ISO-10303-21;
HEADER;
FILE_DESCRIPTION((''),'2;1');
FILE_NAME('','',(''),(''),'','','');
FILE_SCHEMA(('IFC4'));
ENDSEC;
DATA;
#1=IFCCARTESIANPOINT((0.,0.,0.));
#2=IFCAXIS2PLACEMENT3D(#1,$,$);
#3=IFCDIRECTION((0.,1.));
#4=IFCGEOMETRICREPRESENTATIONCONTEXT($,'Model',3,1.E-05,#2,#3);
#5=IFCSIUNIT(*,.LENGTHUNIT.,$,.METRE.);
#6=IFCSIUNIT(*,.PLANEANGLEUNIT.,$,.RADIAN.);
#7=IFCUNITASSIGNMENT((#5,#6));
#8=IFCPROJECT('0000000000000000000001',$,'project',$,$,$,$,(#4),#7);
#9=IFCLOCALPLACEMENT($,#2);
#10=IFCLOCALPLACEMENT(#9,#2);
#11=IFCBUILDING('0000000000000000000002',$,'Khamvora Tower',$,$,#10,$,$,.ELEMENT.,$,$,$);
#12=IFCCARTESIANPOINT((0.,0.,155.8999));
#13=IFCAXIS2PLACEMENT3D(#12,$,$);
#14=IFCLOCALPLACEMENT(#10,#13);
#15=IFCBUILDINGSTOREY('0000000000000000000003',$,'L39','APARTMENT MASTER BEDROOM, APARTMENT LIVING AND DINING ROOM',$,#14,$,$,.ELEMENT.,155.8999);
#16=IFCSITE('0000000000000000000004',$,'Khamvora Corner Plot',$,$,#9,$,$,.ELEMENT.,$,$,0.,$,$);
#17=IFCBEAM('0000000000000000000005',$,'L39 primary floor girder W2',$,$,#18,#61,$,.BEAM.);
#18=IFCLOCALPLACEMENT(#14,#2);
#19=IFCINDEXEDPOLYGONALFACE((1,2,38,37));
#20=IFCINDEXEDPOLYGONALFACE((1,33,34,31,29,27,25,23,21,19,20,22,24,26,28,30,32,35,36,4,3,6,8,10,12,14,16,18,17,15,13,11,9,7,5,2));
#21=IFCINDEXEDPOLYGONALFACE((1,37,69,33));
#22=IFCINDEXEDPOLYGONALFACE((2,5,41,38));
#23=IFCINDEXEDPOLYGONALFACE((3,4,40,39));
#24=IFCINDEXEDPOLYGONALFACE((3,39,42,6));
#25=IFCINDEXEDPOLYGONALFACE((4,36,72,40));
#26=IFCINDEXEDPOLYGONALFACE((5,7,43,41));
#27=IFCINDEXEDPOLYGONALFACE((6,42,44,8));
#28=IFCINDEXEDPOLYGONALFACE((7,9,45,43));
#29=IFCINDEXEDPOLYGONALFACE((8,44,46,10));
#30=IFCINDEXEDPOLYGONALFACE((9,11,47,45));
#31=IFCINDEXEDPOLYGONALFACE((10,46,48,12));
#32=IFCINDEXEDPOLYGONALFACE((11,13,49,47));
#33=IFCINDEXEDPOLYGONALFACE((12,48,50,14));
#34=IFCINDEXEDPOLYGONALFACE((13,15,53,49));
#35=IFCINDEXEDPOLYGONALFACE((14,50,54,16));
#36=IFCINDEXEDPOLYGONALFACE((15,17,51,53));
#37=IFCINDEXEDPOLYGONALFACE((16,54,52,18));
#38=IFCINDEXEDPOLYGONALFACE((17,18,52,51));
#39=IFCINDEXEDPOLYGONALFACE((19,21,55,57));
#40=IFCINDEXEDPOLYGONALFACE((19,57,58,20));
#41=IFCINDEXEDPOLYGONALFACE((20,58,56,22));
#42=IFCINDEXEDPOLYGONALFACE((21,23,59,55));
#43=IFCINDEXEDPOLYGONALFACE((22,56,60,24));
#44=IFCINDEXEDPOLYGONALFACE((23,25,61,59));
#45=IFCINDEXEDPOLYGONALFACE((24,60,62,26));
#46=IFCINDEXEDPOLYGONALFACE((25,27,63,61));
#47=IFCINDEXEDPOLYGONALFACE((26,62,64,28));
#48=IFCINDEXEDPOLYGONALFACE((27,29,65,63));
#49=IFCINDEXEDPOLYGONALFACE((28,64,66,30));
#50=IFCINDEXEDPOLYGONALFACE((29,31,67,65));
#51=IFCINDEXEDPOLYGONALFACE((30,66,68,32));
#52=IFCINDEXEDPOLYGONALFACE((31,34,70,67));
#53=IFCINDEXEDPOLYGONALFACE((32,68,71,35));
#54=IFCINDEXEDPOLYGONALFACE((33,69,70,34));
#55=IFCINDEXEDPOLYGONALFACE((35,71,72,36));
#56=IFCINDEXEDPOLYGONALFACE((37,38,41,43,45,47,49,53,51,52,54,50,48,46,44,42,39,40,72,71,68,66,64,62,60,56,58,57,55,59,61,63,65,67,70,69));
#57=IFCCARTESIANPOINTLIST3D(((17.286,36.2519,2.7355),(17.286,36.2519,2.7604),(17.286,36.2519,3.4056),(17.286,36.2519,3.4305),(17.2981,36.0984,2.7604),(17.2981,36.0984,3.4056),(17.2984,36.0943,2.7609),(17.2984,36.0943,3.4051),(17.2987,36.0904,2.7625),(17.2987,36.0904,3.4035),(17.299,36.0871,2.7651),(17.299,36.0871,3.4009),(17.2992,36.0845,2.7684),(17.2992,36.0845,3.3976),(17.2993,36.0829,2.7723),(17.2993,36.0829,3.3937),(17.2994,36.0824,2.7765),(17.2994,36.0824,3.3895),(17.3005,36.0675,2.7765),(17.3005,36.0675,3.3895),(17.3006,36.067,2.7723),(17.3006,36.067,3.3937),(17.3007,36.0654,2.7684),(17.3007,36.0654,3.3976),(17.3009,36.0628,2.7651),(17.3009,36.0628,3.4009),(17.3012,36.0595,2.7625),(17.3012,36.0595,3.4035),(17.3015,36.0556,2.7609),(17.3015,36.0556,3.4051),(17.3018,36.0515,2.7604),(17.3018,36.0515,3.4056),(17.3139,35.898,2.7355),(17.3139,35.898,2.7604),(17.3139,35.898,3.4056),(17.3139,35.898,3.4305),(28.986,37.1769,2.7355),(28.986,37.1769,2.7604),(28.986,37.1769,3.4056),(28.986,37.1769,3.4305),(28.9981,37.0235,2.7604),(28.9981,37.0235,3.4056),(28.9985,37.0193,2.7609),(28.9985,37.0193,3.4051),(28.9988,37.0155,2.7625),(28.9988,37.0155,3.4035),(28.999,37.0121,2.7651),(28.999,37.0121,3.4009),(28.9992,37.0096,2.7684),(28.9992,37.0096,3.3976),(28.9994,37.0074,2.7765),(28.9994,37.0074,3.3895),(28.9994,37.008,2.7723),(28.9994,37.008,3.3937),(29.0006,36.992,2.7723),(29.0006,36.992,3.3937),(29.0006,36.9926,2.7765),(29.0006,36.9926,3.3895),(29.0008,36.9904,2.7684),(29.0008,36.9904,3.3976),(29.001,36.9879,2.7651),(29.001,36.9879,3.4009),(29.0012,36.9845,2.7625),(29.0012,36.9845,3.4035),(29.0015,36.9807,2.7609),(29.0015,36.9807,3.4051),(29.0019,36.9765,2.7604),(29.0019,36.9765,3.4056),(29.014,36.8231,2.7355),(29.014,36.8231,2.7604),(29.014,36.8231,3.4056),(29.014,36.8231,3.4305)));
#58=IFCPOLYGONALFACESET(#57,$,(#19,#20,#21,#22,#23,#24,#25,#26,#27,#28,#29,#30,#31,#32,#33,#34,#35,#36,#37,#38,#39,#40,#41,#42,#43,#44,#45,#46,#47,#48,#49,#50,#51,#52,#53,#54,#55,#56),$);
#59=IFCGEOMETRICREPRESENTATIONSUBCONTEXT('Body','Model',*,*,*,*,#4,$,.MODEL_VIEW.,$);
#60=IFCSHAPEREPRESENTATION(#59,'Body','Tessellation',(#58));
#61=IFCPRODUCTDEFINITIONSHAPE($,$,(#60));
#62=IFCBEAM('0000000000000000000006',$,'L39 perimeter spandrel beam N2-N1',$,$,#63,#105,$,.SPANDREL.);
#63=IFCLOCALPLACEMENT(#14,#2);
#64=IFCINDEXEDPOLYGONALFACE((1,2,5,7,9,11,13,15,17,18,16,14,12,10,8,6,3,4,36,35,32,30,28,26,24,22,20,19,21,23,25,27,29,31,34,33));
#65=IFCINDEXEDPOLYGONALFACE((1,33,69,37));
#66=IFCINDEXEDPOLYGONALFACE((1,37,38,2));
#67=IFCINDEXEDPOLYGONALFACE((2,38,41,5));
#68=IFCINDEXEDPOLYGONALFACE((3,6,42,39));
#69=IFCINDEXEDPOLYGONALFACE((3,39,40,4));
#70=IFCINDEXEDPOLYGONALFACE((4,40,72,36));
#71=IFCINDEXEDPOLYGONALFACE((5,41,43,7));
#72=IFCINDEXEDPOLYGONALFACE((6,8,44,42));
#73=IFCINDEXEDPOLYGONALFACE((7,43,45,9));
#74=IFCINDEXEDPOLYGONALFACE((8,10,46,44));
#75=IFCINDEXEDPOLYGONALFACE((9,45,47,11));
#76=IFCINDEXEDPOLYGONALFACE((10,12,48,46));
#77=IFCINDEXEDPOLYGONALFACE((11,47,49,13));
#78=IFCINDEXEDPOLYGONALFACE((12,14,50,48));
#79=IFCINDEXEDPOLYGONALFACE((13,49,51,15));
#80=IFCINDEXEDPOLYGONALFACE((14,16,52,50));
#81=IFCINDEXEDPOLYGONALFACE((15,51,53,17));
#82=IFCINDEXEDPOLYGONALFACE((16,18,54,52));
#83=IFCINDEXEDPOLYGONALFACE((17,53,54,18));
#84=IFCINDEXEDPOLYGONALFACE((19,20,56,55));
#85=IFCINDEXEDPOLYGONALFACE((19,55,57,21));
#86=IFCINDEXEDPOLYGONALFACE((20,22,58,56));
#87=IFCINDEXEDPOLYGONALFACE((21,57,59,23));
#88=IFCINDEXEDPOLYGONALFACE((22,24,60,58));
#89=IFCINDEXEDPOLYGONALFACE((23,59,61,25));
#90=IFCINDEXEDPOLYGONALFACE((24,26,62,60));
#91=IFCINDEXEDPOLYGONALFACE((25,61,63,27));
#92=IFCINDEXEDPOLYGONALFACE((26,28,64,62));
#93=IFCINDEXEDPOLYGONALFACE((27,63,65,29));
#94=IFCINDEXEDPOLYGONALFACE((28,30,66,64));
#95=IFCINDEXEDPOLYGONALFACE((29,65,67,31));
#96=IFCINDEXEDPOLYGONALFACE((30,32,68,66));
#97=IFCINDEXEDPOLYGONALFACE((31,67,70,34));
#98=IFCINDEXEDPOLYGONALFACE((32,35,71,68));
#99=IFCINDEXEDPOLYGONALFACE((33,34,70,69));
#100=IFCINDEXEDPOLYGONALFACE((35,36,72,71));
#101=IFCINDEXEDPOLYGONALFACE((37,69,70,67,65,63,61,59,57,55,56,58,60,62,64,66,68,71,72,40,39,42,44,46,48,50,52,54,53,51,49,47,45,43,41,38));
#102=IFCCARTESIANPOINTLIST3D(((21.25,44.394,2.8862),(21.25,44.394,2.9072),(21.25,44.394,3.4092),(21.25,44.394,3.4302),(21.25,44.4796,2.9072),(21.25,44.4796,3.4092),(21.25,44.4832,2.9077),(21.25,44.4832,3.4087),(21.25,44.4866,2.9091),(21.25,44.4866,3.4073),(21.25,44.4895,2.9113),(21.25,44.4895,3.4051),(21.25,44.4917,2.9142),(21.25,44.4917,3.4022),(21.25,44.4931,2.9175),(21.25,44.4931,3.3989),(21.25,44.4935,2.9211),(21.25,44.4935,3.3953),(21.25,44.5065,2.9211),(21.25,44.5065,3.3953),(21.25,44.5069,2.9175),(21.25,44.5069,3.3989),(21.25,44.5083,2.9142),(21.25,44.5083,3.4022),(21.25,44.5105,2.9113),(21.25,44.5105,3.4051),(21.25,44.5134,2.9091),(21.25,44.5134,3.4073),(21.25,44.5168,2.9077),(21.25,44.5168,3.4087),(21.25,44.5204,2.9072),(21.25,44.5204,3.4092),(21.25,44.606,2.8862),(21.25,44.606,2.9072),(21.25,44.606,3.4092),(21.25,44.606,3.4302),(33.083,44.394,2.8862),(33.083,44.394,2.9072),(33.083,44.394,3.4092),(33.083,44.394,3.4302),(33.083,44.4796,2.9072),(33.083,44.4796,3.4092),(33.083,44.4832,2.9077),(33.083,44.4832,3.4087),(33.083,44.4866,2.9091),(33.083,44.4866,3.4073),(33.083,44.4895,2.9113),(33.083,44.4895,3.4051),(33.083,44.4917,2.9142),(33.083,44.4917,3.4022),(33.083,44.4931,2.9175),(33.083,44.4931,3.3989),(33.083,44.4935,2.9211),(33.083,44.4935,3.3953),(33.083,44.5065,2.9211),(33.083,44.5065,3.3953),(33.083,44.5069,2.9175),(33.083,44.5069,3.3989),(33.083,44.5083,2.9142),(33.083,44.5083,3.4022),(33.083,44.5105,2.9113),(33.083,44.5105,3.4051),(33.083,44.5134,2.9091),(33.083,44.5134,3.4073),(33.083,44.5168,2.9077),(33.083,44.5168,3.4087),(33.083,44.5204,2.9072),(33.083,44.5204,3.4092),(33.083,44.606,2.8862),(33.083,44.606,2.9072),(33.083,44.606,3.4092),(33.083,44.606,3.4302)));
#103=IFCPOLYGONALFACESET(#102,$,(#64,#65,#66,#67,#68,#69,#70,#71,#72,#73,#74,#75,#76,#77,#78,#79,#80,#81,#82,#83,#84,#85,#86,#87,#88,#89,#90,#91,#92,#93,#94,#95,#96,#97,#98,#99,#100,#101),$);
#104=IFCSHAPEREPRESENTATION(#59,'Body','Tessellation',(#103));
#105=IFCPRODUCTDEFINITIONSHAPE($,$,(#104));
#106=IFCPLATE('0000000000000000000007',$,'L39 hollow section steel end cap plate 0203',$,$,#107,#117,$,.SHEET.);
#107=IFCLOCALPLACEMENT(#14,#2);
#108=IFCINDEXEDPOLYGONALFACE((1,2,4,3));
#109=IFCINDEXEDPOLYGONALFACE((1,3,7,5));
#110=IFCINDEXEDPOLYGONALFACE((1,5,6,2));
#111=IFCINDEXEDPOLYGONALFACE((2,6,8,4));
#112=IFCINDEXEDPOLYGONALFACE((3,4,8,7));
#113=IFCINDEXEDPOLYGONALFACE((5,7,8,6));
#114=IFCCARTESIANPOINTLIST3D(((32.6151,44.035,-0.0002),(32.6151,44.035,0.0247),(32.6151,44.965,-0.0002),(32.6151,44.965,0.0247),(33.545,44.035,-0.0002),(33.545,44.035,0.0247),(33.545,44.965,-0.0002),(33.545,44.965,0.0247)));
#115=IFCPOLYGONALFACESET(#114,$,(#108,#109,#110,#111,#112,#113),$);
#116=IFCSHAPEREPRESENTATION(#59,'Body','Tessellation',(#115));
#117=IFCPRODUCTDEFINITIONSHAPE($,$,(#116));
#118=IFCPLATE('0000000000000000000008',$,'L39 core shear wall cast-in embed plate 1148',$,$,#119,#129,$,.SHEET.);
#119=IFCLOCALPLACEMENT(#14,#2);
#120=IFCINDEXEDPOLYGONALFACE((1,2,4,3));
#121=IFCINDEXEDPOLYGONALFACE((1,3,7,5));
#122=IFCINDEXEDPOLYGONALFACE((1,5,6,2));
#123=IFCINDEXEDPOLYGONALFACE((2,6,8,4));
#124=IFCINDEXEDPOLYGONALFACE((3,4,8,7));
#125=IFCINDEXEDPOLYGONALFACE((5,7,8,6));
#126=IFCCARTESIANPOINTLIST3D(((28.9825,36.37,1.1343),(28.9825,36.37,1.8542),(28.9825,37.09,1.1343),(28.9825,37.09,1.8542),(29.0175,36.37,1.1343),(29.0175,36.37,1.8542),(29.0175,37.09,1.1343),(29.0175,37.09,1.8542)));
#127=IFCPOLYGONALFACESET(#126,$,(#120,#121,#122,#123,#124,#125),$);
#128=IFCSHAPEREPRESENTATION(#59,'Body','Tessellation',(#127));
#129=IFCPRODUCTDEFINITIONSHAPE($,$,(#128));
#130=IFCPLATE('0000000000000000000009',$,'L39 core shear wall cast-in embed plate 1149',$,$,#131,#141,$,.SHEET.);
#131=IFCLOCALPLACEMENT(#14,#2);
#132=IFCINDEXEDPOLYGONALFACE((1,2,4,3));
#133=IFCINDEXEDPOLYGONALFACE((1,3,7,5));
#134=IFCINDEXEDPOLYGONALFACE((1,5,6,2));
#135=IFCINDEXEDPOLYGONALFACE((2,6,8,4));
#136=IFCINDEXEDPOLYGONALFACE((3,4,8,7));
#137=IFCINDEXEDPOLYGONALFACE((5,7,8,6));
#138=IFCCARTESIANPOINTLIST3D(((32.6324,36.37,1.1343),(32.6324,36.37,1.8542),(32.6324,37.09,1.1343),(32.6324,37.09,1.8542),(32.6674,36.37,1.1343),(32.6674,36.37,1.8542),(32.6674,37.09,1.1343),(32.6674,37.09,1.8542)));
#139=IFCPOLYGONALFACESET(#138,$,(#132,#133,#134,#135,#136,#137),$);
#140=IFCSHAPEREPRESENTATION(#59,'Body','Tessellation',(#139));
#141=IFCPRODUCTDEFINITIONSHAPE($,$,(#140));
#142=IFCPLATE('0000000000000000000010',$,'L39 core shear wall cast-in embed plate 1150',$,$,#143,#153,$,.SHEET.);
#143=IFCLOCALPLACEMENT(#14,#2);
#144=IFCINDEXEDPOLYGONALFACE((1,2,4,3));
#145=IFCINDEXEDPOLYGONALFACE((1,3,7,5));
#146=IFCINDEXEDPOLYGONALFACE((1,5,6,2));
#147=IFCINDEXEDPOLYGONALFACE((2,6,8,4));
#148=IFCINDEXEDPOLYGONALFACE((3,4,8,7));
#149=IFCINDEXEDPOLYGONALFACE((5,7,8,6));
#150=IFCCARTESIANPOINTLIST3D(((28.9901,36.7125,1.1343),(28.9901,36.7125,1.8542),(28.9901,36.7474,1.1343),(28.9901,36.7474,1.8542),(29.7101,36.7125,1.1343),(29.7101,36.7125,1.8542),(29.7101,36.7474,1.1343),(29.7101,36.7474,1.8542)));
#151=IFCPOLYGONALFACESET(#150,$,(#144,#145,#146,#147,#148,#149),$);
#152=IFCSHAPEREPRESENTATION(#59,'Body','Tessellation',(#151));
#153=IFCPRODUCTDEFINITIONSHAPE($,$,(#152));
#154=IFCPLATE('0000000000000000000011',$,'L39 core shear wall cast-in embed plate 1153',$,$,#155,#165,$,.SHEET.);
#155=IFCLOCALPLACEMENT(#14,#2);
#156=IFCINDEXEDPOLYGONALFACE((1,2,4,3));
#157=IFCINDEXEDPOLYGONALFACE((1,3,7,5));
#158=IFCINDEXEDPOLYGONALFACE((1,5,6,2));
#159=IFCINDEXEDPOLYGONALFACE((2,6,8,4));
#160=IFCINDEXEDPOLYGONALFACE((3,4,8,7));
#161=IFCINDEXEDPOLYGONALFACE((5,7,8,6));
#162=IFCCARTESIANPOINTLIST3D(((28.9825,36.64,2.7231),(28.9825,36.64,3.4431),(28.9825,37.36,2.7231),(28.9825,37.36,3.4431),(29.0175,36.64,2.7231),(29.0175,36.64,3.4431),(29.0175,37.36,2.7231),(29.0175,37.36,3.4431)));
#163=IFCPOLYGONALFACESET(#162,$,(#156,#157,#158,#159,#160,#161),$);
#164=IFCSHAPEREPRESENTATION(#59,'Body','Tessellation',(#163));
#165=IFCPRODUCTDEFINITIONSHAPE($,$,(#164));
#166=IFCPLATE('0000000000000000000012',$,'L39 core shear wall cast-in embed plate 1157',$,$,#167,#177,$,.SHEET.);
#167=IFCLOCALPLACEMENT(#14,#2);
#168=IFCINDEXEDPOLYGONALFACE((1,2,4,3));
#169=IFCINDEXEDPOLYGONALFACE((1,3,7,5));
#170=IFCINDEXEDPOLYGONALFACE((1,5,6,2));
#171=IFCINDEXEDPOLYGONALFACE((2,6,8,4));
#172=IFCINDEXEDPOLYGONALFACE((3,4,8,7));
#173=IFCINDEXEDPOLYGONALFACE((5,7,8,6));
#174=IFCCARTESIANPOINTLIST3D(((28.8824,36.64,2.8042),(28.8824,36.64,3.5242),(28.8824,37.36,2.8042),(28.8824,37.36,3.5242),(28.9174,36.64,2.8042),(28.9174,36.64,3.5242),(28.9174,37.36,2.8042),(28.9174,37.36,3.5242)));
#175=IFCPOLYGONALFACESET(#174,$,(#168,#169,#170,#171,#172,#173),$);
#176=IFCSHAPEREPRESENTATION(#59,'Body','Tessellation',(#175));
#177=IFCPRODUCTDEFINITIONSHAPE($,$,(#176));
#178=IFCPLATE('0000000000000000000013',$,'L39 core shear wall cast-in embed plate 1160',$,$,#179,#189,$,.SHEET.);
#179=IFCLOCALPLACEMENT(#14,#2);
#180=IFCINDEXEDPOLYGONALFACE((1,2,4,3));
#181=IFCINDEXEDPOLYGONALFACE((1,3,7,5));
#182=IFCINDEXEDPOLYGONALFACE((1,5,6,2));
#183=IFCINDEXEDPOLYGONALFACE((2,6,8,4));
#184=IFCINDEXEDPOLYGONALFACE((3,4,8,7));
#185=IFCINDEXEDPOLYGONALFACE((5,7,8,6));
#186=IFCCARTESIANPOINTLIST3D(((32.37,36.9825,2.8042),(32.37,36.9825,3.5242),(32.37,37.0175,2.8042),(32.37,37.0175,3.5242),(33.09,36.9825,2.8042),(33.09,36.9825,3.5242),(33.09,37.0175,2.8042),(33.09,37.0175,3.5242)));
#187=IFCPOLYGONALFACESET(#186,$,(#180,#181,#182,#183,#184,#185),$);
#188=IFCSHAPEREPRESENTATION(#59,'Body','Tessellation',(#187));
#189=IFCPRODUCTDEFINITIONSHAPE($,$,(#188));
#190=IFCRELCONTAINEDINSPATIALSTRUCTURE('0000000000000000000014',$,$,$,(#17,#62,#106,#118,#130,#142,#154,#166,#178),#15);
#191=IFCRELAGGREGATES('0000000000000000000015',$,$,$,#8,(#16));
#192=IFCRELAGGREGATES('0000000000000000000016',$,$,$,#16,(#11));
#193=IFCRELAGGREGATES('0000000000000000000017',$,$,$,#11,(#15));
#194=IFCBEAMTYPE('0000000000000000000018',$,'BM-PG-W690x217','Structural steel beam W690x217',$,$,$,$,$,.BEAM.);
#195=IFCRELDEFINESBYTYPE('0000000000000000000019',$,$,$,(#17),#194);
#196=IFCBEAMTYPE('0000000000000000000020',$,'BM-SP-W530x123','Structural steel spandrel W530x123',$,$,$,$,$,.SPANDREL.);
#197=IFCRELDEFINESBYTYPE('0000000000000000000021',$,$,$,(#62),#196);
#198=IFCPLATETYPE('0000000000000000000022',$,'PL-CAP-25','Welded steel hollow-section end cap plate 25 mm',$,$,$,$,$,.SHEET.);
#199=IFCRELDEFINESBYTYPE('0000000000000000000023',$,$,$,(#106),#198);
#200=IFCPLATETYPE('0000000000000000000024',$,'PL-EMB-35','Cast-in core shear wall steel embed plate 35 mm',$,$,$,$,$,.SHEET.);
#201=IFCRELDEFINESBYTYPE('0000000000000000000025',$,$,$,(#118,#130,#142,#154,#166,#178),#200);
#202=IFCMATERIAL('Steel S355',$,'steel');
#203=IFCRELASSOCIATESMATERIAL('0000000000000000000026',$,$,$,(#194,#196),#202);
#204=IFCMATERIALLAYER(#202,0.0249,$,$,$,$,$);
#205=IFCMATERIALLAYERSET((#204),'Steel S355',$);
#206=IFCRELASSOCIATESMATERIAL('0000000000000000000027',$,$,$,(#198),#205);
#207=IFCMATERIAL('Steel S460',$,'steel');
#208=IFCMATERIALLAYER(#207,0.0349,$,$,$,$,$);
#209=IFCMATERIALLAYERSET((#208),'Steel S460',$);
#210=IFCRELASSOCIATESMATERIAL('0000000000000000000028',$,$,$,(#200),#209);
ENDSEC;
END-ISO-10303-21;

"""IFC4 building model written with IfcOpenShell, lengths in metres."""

from ifc_helpers import new_model, si_unit, direction, frame, origin, origin_2d, place, context, subcontext, project, spatial, rectangle, i_section, extrude, material, layer, layer_set, material_profile, profile_set, type_object, element, save


model = new_model("IFC4")

# Units and contexts
model_context = context("Model", 3, precision=1e-05, world=origin(), true_north=direction((0.0, 1.0)))
body_context = subcontext(model_context, "Body", "Model", "MODEL_VIEW")
ifc_project = project(units=[si_unit("LENGTHUNIT", "METRE"), si_unit("PLANEANGLEUNIT", "RADIAN")], contexts=[model_context])

# Site, building, storey
site_placement = place(None, origin())
site = spatial("IfcSite", under=ifc_project, at=site_placement, Name="Khamvora Corner Plot", CompositionType="ELEMENT", RefElevation=0.0)
building_placement = place(site_placement, origin())
building = spatial("IfcBuilding", under=site, at=building_placement, Name="Khamvora Tower", CompositionType="ELEMENT")
storey_placement = place(building_placement, frame((0.0, 0.0, 155.8999)))
storey = spatial("IfcBuildingStorey", under=building, at=storey_placement, Name="L39", Description="APARTMENT MASTER BEDROOM, APARTMENT LIVING AND DINING ROOM", CompositionType="ELEMENT", Elevation=155.8999)

# Shared definitions
ifc_material_1 = material(Name="Steel S460", Category="steel")
ifc_material_2 = material(Name="Steel S355", Category="steel")

# Beams
ifc_material_profile_1 = material_profile(ifc_material_2, i_section(OverallWidth=0.355, OverallDepth=0.6951, WebThickness=0.0149, FlangeThickness=0.0249, FilletRadius=0.0161, at=origin_2d()), Name="W690x217")
ifc_profile_set_1 = profile_set([ifc_material_profile_1], Name="Steel S355")
beam_type_1 = type_object("IfcBeamType", Name="BM-PG-W690x217", Description="Structural steel beam W690x217", PredefinedType="BEAM", material=ifc_profile_set_1)
beam_1_placement = place(storey_placement, frame((29.0, 37.0, 3.083), z_axis=(-0.996889, -0.078818, 0.0), x_axis=(0.078818, -0.996889, 0.0)))
element("IfcBeam", 1, at=beam_1_placement, inside=storey, type_object=beam_type_1, Name="L39 primary floor girder W2", PredefinedType="BEAM", context=body_context, shape_type="SweptSolid", body=[
    extrude(i_section(OverallWidth=0.355, OverallDepth=0.6951, WebThickness=0.0149, FlangeThickness=0.0249, FilletRadius=0.0161, at=origin_2d()), origin(), (0.0, 0.0, 1.0), 11.7366),
])
ifc_material_profile_2 = material_profile(ifc_material_2, i_section(OverallWidth=0.2119, OverallDepth=0.5439, WebThickness=0.0129, FlangeThickness=0.021, FilletRadius=0.0139, at=origin_2d()), Name="W530x123")
ifc_profile_set_2 = profile_set([ifc_material_profile_2], Name="Steel S355")
beam_type_2 = type_object("IfcBeamType", Name="BM-SP-W530x123", Description="Structural steel spandrel W530x123", PredefinedType="SPANDREL", material=ifc_profile_set_2)
beam_2_placement = place(storey_placement, frame((33.083, 44.5, 3.1582), z_axis=(-1.0, 0.0, 0.0), x_axis=(0.0, -1.0, 0.0)))
element("IfcBeam", 2, at=beam_2_placement, inside=storey, type_object=beam_type_2, Name="L39 perimeter spandrel beam N2-N1", PredefinedType="SPANDREL", context=body_context, shape_type="SweptSolid", body=[
    extrude(i_section(OverallWidth=0.2119, OverallDepth=0.5439, WebThickness=0.0129, FlangeThickness=0.021, FilletRadius=0.0139, at=origin_2d()), origin(), (0.0, 0.0, 1.0), 11.833),
])

# Plates
ifc_layer_1 = layer(ifc_material_2, 0.0249)
ifc_layer_set_1 = layer_set([ifc_layer_1], Name="Steel S355")
plate_type_1 = type_object("IfcPlateType", Name="PL-CAP-25", Description="Welded steel hollow-section end cap plate 25 mm", PredefinedType="SHEET", material=ifc_layer_set_1)
plate_1_placement = place(storey_placement, frame((33.0801, 44.5, -0.0002), z_axis=(0.0, 0.0, 1.0), x_axis=(1.0, 0.0, 0.0)))
element("IfcPlate", 3, at=plate_1_placement, inside=storey, type_object=plate_type_1, Name="L39 hollow section steel end cap plate 0203", PredefinedType="SHEET", context=body_context, shape_type="SweptSolid", body=[
    extrude(rectangle(XDim=0.9299, YDim=0.9299, at=origin_2d()), origin(), (0.0, 0.0, 1.0), 0.0249),
])
ifc_layer_2 = layer(ifc_material_1, 0.0349)
ifc_layer_set_2 = layer_set([ifc_layer_2], Name="Steel S460")
plate_type_2 = type_object("IfcPlateType", Name="PL-EMB-35", Description="Cast-in core shear wall steel embed plate 35 mm", PredefinedType="SHEET", material=ifc_layer_set_2)
for number, where, z_axis, x_axis, name in (
    (4, (29.0, 36.73, 1.1343), (0.0, 0.0, 1.0), (1.0, 0.0, 0.0), "L39 core shear wall cast-in embed plate 1148"),
    (5, (32.6499, 36.73, 1.1343), (0.0, 0.0, 1.0), (1.0, 0.0, 0.0), "L39 core shear wall cast-in embed plate 1149"),
):
    element("IfcPlate", number, at=place(storey_placement, frame(where, z_axis=z_axis, x_axis=x_axis)), inside=storey, type_object=plate_type_2, Name=name, PredefinedType="SHEET", context=body_context, shape_type="SweptSolid", body=[
        extrude(rectangle(XDim=0.0349, YDim=0.72, at=origin_2d()), origin(), (0.0, 0.0, 1.0), 0.72),
    ])
plate_2_placement = place(storey_placement, frame((29.3501, 36.73, 1.1343), z_axis=(0.0, 0.0, 1.0), x_axis=(1.0, 0.0, 0.0)))
element("IfcPlate", 6, at=plate_2_placement, inside=storey, type_object=plate_type_2, Name="L39 core shear wall cast-in embed plate 1150", PredefinedType="SHEET", context=body_context, shape_type="SweptSolid", body=[
    extrude(rectangle(XDim=0.72, YDim=0.0349, at=origin_2d()), origin(), (0.0, 0.0, 1.0), 0.72),
])
for number, where, z_axis, x_axis, name in (
    (7, (29.0, 37.0, 2.7231), (0.0, 0.0, 1.0), (1.0, 0.0, 0.0), "L39 core shear wall cast-in embed plate 1153"),
    (8, (28.8999, 37.0, 2.8042), (0.0, 0.0, 1.0), (1.0, 0.0, 0.0), "L39 core shear wall cast-in embed plate 1157"),
):
    element("IfcPlate", number, at=place(storey_placement, frame(where, z_axis=z_axis, x_axis=x_axis)), inside=storey, type_object=plate_type_2, Name=name, PredefinedType="SHEET", context=body_context, shape_type="SweptSolid", body=[
        extrude(rectangle(XDim=0.0349, YDim=0.72, at=origin_2d()), origin(), (0.0, 0.0, 1.0), 0.72),
    ])
plate_3_placement = place(storey_placement, frame((32.73, 37.0, 2.8042), z_axis=(0.0, 0.0, 1.0), x_axis=(1.0, 0.0, 0.0)))
element("IfcPlate", 9, at=plate_3_placement, inside=storey, type_object=plate_type_2, Name="L39 core shear wall cast-in embed plate 1160", PredefinedType="SHEET", context=body_context, shape_type="SweptSolid", body=[
    extrude(rectangle(XDim=0.72, YDim=0.0349, at=origin_2d()), origin(), (0.0, 0.0, 1.0), 0.72),
])

save(model, "model.ifc")
